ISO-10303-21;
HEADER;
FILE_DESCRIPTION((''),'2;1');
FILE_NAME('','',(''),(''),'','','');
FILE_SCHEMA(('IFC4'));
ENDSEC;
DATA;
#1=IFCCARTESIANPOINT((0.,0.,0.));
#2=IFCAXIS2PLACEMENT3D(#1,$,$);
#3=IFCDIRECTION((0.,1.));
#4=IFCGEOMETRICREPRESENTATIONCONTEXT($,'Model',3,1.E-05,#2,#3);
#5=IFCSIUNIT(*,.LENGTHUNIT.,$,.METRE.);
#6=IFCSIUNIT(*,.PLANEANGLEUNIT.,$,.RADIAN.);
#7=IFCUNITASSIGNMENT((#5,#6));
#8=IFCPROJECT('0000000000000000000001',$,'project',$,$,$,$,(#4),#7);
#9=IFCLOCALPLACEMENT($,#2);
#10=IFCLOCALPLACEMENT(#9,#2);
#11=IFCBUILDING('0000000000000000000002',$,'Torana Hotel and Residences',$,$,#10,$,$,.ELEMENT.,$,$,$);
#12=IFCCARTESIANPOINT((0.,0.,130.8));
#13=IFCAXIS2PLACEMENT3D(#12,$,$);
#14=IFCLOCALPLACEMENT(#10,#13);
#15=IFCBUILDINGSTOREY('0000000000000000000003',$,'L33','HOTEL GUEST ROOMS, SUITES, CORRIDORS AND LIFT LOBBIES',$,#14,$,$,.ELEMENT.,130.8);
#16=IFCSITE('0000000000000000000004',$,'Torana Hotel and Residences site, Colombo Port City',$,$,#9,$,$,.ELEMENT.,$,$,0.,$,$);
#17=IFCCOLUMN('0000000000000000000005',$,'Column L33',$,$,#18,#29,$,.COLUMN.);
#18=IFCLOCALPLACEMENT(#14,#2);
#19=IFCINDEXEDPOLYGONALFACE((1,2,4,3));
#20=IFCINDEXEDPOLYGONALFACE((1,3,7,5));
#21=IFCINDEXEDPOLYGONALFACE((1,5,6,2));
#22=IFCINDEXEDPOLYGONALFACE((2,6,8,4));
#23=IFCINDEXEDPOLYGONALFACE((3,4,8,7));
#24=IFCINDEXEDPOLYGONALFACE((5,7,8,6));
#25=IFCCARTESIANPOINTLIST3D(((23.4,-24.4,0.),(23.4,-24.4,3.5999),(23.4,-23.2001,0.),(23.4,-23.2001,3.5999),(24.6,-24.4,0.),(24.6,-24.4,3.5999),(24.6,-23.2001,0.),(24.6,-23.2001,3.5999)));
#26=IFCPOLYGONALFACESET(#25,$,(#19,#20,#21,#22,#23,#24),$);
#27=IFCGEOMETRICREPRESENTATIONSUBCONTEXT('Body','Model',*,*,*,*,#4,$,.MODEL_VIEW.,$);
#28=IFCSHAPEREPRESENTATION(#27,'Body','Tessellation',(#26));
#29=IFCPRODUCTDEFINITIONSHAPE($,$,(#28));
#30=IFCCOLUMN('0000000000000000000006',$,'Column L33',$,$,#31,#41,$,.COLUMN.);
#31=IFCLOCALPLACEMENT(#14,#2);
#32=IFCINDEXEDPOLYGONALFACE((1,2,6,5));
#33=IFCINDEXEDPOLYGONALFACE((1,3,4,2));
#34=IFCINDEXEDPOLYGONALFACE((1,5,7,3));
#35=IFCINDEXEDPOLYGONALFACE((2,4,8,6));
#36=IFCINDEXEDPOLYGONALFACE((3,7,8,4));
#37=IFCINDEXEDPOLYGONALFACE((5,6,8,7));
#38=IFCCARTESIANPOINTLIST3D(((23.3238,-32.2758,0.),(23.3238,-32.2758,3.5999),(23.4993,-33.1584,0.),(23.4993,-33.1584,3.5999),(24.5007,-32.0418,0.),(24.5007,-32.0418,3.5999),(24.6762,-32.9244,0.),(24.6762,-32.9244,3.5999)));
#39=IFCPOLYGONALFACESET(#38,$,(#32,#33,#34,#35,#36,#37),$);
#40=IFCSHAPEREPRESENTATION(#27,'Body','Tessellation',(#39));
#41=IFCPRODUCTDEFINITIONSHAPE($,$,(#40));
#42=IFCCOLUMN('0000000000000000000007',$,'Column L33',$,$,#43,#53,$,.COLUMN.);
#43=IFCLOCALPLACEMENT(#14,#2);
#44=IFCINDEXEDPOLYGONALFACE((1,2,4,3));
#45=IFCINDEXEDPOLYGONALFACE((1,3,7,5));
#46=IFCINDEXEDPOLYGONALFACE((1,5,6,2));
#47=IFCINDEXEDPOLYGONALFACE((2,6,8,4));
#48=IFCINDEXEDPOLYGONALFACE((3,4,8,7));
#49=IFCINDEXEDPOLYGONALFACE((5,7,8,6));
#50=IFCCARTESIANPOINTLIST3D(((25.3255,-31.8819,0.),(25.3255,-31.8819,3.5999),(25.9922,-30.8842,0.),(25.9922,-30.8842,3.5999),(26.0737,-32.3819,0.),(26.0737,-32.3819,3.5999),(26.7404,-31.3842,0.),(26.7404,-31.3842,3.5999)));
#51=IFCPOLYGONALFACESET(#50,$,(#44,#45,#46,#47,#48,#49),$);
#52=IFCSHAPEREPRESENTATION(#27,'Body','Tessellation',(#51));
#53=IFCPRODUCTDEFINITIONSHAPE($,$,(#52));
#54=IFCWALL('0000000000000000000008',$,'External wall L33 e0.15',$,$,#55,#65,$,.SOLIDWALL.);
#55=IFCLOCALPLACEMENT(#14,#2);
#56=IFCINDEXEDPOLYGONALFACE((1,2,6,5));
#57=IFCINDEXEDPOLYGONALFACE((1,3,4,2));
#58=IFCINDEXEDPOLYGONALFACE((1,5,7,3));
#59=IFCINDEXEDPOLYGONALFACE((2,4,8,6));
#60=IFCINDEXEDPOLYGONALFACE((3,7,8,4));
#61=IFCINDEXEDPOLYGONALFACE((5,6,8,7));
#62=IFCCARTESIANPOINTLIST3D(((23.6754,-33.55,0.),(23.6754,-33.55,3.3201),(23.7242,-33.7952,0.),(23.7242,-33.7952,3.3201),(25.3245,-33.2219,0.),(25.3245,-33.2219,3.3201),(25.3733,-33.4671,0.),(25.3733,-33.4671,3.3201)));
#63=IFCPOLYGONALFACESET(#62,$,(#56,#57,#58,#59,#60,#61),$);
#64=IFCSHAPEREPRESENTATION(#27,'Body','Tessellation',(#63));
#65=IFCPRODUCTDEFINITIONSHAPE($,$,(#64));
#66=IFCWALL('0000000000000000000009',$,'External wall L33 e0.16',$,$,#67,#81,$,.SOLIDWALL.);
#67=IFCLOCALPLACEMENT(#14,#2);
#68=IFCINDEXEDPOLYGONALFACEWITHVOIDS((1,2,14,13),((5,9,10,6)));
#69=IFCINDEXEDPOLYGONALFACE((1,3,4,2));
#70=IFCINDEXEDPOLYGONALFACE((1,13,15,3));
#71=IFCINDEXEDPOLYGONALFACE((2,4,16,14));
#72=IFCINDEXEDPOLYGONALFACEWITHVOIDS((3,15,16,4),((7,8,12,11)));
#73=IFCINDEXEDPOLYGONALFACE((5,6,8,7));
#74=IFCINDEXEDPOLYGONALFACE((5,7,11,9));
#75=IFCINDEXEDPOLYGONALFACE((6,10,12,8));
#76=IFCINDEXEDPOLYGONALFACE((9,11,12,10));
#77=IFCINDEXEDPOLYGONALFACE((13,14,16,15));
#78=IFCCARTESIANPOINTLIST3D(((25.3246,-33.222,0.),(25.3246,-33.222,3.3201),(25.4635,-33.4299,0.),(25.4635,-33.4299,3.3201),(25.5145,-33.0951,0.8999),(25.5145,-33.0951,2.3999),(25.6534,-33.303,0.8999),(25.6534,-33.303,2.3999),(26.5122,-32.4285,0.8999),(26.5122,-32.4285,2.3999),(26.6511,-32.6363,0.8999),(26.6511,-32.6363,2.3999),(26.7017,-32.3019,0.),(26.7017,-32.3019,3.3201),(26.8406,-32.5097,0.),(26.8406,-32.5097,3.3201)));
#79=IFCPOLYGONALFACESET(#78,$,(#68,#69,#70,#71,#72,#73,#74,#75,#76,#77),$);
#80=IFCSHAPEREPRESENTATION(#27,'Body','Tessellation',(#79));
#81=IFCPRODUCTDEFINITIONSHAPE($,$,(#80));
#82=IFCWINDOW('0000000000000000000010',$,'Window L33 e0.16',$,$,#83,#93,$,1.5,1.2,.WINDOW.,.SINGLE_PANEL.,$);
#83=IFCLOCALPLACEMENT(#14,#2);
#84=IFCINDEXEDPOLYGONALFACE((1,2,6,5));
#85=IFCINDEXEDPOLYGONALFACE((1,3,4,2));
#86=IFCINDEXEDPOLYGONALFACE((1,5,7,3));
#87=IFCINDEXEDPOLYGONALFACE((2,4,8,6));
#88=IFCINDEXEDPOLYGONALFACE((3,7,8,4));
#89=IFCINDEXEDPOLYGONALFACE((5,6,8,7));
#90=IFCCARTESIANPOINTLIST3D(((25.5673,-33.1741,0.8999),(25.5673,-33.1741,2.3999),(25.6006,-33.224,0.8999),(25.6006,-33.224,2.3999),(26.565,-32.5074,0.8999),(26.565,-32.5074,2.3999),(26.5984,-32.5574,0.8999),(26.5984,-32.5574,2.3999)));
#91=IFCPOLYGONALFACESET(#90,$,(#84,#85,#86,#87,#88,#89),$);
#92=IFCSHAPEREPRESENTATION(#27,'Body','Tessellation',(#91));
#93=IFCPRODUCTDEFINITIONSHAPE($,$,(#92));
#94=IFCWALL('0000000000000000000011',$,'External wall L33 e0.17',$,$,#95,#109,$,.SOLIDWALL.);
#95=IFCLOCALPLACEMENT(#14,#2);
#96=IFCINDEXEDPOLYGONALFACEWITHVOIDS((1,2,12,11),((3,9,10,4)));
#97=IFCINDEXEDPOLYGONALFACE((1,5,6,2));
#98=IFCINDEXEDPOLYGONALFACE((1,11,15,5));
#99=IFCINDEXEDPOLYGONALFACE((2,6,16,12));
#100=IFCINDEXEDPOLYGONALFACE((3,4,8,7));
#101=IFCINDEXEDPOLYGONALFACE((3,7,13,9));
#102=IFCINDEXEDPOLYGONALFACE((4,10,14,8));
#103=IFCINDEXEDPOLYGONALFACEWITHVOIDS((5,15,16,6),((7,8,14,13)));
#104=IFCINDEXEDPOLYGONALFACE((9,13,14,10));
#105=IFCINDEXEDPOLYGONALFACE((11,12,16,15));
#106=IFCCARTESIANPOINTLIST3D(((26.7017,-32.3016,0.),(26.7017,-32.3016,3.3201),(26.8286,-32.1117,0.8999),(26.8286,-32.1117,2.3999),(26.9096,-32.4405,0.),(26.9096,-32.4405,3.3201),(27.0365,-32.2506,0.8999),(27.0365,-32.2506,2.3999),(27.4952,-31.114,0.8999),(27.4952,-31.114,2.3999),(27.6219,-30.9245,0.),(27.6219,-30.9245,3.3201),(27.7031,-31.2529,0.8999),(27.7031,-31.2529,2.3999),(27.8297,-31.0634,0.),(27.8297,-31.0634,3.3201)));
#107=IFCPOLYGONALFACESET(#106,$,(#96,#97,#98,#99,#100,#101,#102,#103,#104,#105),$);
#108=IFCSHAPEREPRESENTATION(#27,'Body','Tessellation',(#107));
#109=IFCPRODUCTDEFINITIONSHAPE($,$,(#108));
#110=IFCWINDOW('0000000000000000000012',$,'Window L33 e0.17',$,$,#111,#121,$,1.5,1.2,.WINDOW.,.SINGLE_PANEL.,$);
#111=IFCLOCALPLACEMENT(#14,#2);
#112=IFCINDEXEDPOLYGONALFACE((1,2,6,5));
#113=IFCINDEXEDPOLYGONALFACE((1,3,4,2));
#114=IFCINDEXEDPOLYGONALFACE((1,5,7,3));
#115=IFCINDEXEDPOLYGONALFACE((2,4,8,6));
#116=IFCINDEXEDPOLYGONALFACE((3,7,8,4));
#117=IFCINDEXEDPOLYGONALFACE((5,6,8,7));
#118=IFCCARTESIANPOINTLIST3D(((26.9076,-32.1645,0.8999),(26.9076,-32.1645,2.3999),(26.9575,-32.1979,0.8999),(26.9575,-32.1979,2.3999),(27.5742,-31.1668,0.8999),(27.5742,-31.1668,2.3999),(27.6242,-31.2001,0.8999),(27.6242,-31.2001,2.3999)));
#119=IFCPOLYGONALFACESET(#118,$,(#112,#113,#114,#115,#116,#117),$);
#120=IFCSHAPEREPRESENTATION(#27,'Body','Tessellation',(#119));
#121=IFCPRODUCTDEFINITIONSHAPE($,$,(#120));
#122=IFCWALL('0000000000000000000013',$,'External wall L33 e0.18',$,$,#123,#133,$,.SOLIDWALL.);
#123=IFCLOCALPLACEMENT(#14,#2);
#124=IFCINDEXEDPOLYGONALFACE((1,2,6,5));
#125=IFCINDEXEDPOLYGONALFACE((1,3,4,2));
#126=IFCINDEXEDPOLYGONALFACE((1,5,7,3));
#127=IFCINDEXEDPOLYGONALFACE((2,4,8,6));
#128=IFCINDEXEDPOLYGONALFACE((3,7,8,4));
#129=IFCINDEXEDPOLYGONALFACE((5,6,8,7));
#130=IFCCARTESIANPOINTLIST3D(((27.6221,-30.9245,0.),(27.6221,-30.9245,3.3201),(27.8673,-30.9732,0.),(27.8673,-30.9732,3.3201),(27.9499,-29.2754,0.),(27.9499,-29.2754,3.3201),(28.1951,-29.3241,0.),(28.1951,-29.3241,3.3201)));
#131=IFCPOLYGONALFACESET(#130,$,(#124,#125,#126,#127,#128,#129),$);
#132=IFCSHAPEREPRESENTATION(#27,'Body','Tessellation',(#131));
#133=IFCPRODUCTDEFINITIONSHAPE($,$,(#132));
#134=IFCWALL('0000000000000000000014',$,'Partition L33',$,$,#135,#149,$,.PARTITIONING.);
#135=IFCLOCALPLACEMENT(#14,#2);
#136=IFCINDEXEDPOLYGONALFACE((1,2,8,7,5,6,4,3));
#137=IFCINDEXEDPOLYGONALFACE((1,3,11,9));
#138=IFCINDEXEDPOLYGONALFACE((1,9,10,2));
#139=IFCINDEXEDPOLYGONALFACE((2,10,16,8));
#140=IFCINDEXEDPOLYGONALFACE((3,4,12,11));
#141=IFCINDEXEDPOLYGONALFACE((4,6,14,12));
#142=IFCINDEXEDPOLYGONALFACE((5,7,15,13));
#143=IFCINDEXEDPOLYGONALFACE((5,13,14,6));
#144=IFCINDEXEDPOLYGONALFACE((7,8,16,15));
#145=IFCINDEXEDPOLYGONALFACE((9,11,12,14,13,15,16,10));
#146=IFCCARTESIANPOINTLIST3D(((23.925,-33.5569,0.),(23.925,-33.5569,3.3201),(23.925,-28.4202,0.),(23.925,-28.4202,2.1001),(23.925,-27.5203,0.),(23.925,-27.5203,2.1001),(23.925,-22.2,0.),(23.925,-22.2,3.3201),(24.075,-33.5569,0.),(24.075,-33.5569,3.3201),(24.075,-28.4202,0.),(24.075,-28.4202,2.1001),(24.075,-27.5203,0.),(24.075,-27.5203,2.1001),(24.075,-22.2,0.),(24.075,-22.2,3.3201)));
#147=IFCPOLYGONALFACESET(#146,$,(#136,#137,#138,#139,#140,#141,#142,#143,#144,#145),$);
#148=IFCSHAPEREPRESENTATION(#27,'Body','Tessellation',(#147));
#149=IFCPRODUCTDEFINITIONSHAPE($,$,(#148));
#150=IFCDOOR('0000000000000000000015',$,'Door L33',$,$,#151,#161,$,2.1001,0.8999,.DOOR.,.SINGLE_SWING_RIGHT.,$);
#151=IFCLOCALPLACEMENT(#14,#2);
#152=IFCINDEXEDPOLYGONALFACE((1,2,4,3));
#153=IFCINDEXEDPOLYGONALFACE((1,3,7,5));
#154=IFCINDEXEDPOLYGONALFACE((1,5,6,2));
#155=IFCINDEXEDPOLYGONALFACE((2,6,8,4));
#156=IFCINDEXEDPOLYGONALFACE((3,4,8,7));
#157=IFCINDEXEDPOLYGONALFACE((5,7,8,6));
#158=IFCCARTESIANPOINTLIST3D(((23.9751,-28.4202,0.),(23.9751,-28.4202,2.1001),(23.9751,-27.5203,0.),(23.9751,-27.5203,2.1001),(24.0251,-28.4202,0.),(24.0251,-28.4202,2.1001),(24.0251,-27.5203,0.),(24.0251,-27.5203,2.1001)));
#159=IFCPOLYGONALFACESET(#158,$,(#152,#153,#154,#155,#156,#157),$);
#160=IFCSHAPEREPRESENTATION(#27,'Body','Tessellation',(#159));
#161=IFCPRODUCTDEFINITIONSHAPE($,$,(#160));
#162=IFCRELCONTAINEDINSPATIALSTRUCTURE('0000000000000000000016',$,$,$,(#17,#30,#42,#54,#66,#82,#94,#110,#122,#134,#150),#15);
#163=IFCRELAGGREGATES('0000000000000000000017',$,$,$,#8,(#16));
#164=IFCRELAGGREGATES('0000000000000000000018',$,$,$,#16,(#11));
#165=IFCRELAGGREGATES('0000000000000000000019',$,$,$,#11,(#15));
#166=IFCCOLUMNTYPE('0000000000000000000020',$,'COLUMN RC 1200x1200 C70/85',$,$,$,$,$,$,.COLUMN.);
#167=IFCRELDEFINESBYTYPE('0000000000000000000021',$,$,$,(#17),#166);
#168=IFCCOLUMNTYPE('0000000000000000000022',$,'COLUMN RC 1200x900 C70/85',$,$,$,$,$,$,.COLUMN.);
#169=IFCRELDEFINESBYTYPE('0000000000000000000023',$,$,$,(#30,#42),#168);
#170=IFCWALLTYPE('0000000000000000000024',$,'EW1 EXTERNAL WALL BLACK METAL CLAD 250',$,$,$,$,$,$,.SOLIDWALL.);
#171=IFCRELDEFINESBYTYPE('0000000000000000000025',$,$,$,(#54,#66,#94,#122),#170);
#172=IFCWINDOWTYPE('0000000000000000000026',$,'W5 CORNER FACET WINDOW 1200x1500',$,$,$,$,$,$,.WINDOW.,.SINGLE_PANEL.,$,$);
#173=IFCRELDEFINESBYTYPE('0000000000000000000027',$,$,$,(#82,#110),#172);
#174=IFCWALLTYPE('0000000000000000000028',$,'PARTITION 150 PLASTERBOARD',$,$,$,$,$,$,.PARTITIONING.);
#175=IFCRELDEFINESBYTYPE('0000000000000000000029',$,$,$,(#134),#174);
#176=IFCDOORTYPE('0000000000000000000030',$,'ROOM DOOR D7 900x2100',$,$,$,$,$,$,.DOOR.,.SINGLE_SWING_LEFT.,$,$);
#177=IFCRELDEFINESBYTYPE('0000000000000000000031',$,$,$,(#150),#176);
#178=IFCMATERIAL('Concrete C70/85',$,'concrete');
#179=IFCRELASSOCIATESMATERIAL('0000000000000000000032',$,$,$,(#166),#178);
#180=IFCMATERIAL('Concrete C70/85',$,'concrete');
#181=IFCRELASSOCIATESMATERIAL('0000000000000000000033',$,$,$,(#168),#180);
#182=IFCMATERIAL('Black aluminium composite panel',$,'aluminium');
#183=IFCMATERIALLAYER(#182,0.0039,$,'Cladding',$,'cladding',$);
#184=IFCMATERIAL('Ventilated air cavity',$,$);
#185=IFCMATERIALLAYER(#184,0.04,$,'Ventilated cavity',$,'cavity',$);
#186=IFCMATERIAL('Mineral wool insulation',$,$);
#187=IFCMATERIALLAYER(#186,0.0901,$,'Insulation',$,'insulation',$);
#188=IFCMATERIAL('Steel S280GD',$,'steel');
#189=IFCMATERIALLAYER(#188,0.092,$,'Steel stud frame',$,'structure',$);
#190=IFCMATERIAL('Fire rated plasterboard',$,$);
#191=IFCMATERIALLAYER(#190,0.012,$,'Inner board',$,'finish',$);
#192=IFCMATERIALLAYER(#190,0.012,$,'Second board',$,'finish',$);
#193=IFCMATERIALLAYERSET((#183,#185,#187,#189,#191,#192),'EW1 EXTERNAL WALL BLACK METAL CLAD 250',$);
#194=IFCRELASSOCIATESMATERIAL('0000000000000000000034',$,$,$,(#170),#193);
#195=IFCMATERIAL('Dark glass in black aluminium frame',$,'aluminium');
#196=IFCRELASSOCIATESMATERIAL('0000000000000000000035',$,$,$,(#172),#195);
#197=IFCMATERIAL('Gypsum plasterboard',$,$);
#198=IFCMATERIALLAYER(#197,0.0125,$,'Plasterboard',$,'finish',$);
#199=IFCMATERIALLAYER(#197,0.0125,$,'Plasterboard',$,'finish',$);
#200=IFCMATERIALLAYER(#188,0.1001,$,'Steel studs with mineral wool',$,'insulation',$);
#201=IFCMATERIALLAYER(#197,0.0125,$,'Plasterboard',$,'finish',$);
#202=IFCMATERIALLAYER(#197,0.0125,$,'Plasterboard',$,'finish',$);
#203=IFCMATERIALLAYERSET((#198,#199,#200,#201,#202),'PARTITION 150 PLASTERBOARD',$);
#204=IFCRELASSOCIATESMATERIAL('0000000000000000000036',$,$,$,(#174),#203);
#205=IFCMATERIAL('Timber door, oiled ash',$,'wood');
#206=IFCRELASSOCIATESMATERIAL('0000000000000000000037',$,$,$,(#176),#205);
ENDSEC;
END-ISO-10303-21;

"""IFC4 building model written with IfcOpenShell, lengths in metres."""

from ifc_helpers import new_model, si_unit, direction, frame, frame_2d, origin, origin_2d, place, context, subcontext, project, spatial, rectangle, extrude, material, layer, layer_set, material_profile, profile_set, type_object, element, fill, save


model = new_model("IFC4")

# Units and contexts
model_context = context("Model", 3, precision=1e-05, world=origin(), true_north=direction((0.0, 1.0)))
body_context = subcontext(model_context, "Body", "Model", "MODEL_VIEW")
ifc_project = project(units=[si_unit("LENGTHUNIT", "METRE"), si_unit("PLANEANGLEUNIT", "RADIAN")], contexts=[model_context])

# Site, building, storey
site_placement = place(None, origin())
site = spatial("IfcSite", under=ifc_project, at=site_placement, Name="Torana Hotel and Residences site, Colombo Port City", CompositionType="ELEMENT", RefElevation=0.0)
building_placement = place(site_placement, origin())
building = spatial("IfcBuilding", under=site, at=building_placement, Name="Torana Hotel and Residences", CompositionType="ELEMENT")
storey_placement = place(building_placement, frame((0.0, 0.0, 130.8)))
storey = spatial("IfcBuildingStorey", under=building, at=storey_placement, Name="L33", Description="HOTEL GUEST ROOMS, SUITES, CORRIDORS AND LIFT LOBBIES", CompositionType="ELEMENT", Elevation=130.8)

# Columns
ifc_material_1 = material(Name="Concrete C70/85", Category="concrete")
ifc_material_profile_1 = material_profile(ifc_material_1, rectangle(XDim=1.2, YDim=1.2, at=origin_2d()), Name="RC 1200x1200")
ifc_profile_set_1 = profile_set([ifc_material_profile_1], Name="Concrete C70/85")
column_type_1 = type_object("IfcColumnType", Name="COLUMN RC 1200x1200 C70/85", PredefinedType="COLUMN", material=ifc_profile_set_1)
column_placement = place(storey_placement, frame((24.0, -23.8, 0.0), z_axis=(0.0, 0.0, 1.0), x_axis=(1.0, 0.0, 0.0)))
element("IfcColumn", 1, at=column_placement, inside=storey, type_object=column_type_1, Name="Column L33", PredefinedType="COLUMN", context=body_context, shape_type="SweptSolid", body=[
    extrude(rectangle(XDim=1.2, YDim=1.2, at=origin_2d()), origin(), (0.0, 0.0, 1.0), 3.5999),
])
ifc_material_2 = material(Name="Concrete C70/85", Category="concrete")
ifc_material_profile_2 = material_profile(ifc_material_2, rectangle(XDim=1.2, YDim=0.8999, at=origin_2d()), Name="RC 1200x900")
ifc_profile_set_2 = profile_set([ifc_material_profile_2], Name="Concrete C70/85")
column_type_2 = type_object("IfcColumnType", Name="COLUMN RC 1200x900 C70/85", PredefinedType="COLUMN", material=ifc_profile_set_2)
for number, where, z_axis, x_axis, name in (
    (2, (24.0, -32.6001, 0.0), (0.0, 0.0, 1.0), (0.980792, 0.195056, 0.0), "Column L33"),
    (3, (26.033, -31.6331, 0.0), (0.0, 0.0, 1.0), (0.555585, 0.83146, 0.0), "Column L33"),
):
    element("IfcColumn", number, at=place(storey_placement, frame(where, z_axis=z_axis, x_axis=x_axis)), inside=storey, type_object=column_type_2, Name=name, PredefinedType="COLUMN", context=body_context, shape_type="SweptSolid", body=[
        extrude(rectangle(XDim=1.2, YDim=0.8999, at=origin_2d()), origin(), (0.0, 0.0, 1.0), 3.5999),
    ])

# Wall
ifc_material_3 = material(Name="Black aluminium composite panel", Category="aluminium")
ifc_layer_1 = layer(ifc_material_3, 0.0039, Name="Cladding", Category="cladding")
ifc_material_4 = material(Name="Ventilated air cavity")
ifc_layer_2 = layer(ifc_material_4, 0.04, Name="Ventilated cavity", Category="cavity")
ifc_material_5 = material(Name="Mineral wool insulation")
ifc_layer_3 = layer(ifc_material_5, 0.0901, Name="Insulation", Category="insulation")
ifc_material_6 = material(Name="Steel S280GD", Category="steel")
ifc_layer_4 = layer(ifc_material_6, 0.092, Name="Steel stud frame", Category="structure")
ifc_material_7 = material(Name="Fire rated plasterboard")
ifc_layer_5 = layer(ifc_material_7, 0.012, Name="Inner board", Category="finish")
ifc_layer_6 = layer(ifc_material_7, 0.012, Name="Second board", Category="finish")
ifc_layer_set_1 = layer_set([ifc_layer_1, ifc_layer_2, ifc_layer_3, ifc_layer_4, ifc_layer_5, ifc_layer_6], Name="EW1 EXTERNAL WALL BLACK METAL CLAD 250")
wall_type_1 = type_object("IfcWallType", Name="EW1 EXTERNAL WALL BLACK METAL CLAD 250", PredefinedType="SOLIDWALL", material=ifc_layer_set_1)
wall_1_placement = place(storey_placement, frame((23.6997, -33.6726, 0.0), z_axis=(0.0, 0.0, 1.0), x_axis=(0.980776, 0.195139, 0.0)))
element("IfcWall", 4, at=wall_1_placement, inside=storey, type_object=wall_type_1, Name="External wall L33 e0.15", PredefinedType="SOLIDWALL", context=body_context, shape_type="SweptSolid", body=[
    extrude(rectangle(XDim=1.6814, YDim=0.25, at=frame_2d((0.8408, 0.0))), origin(), (0.0, 0.0, 1.0), 3.3201),
])

# Walls, openings, windows
wall_2_placement = place(storey_placement, frame((25.394, -33.3259, 0.0), z_axis=(0.0, 0.0, 1.0), x_axis=(0.831483, 0.55555, 0.0)))
wall_2 = element("IfcWall", 5, at=wall_2_placement, inside=storey, type_object=wall_type_1, Name="External wall L33 e0.16", PredefinedType="SOLIDWALL", context=body_context, shape_type="SweptSolid", body=[
    extrude(rectangle(XDim=1.6562, YDim=0.25, at=frame_2d((0.8281, 0.0))), origin(), (0.0, 0.0, 1.0), 3.3201),
])
opening_1_placement = place(wall_2_placement, frame((0.2283, 0.0, 0.8999)))
opening_1 = element("IfcOpeningElement", 6, at=opening_1_placement, cuts=wall_2, PredefinedType="OPENING", context=body_context, shape_type="SweptSolid", body=[
    extrude(rectangle(XDim=1.2, YDim=1.5, at=frame_2d((0.6001, 0.75))), frame((0.0, 0.135, 0.0), z_axis=(0.0, -1.0, 0.0), x_axis=(1.0, 0.0, 0.0)), (0.0, 0.0, 1.0), 0.27),
])
ifc_material_8 = material(Name="Dark glass in black aluminium frame", Category="aluminium")
window_type_1 = type_object("IfcWindowType", Name="W5 CORNER FACET WINDOW 1200x1500", PartitioningType="SINGLE_PANEL", PredefinedType="WINDOW", material=ifc_material_8)
window_1_placement = place(opening_1_placement, origin())
window_1 = element("IfcWindow", 7, at=window_1_placement, inside=storey, type_object=window_type_1, Name="Window L33 e0.16", OverallHeight=1.5, OverallWidth=1.2, PartitioningType="SINGLE_PANEL", PredefinedType="WINDOW", context=body_context, shape_type="SweptSolid", body=[
    extrude(rectangle(XDim=1.2, YDim=1.5, at=frame_2d((0.6001, 0.75))), frame((0.0, 0.03, 0.0), z_axis=(0.0, -1.0, 0.0), x_axis=(1.0, 0.0, 0.0)), (0.0, 0.0, 1.0), 0.0601),
])
fill(opening_1, window_1)
wall_3_placement = place(storey_placement, frame((26.8057, -32.3711, 0.0), z_axis=(0.0, 0.0, 1.0), x_axis=(0.55555, 0.831483, 0.0)))
wall_3 = element("IfcWall", 8, at=wall_3_placement, inside=storey, type_object=wall_type_1, Name="External wall L33 e0.17", PredefinedType="SOLIDWALL", context=body_context, shape_type="SweptSolid", body=[
    extrude(rectangle(XDim=1.6562, YDim=0.25, at=frame_2d((0.8281, 0.0))), origin(), (0.0, 0.0, 1.0), 3.3201),
])
opening_2_placement = place(wall_3_placement, frame((0.2283, 0.0, 0.8999)))
opening_2 = element("IfcOpeningElement", 9, at=opening_2_placement, cuts=wall_3, PredefinedType="OPENING", context=body_context, shape_type="SweptSolid", body=[
    extrude(rectangle(XDim=1.2, YDim=1.5, at=frame_2d((0.6001, 0.75))), frame((0.0, 0.135, 0.0), z_axis=(0.0, -1.0, 0.0), x_axis=(1.0, 0.0, 0.0)), (0.0, 0.0, 1.0), 0.27),
])
window_2_placement = place(opening_2_placement, origin())
window_2 = element("IfcWindow", 10, at=window_2_placement, inside=storey, type_object=window_type_1, Name="Window L33 e0.17", OverallHeight=1.5, OverallWidth=1.2, PartitioningType="SINGLE_PANEL", PredefinedType="WINDOW", context=body_context, shape_type="SweptSolid", body=[
    extrude(rectangle(XDim=1.2, YDim=1.5, at=frame_2d((0.6001, 0.75))), frame((0.0, 0.03, 0.0), z_axis=(0.0, -1.0, 0.0), x_axis=(1.0, 0.0, 0.0)), (0.0, 0.0, 1.0), 0.0601),
])
fill(opening_2, window_2)

# Wall
wall_4_placement = place(storey_placement, frame((27.7446, -30.949, 0.0), z_axis=(0.0, 0.0, 1.0), x_axis=(0.194999, 0.980803, 0.0)))
element("IfcWall", 11, at=wall_4_placement, inside=storey, type_object=wall_type_1, Name="External wall L33 e0.18", PredefinedType="SOLIDWALL", context=body_context, shape_type="SweptSolid", body=[
    extrude(rectangle(XDim=1.6814, YDim=0.25, at=frame_2d((0.8408, 0.0))), origin(), (0.0, 0.0, 1.0), 3.3201),
])

# Wall, opening, door
ifc_material_9 = material(Name="Gypsum plasterboard")
ifc_layer_7 = layer(ifc_material_9, 0.0125, Name="Plasterboard", Category="finish")
ifc_layer_8 = layer(ifc_material_9, 0.0125, Name="Plasterboard", Category="finish")
ifc_layer_9 = layer(ifc_material_6, 0.1001, Name="Steel studs with mineral wool", Category="insulation")
ifc_layer_10 = layer(ifc_material_9, 0.0125, Name="Plasterboard", Category="finish")
ifc_layer_11 = layer(ifc_material_9, 0.0125, Name="Plasterboard", Category="finish")
ifc_layer_set_2 = layer_set([ifc_layer_7, ifc_layer_8, ifc_layer_9, ifc_layer_10, ifc_layer_11], Name="PARTITION 150 PLASTERBOARD")
wall_type_2 = type_object("IfcWallType", Name="PARTITION 150 PLASTERBOARD", PredefinedType="PARTITIONING", material=ifc_layer_set_2)
wall_5_placement = place(storey_placement, frame((24.0, -33.5569, 0.0), z_axis=(0.0, 0.0, 1.0), x_axis=(0.0, 1.0, 0.0)))
wall_5 = element("IfcWall", 12, at=wall_5_placement, inside=storey, type_object=wall_type_2, Name="Partition L33", PredefinedType="PARTITIONING", context=body_context, shape_type="SweptSolid", body=[
    extrude(rectangle(XDim=11.3569, YDim=0.1499, at=frame_2d((5.6785, 0.0))), origin(), (0.0, 0.0, 1.0), 3.3201),
])
opening_3_placement = place(wall_5_placement, frame((5.1367, 0.0, 0.0)))
opening_3 = element("IfcOpeningElement", 13, at=opening_3_placement, cuts=wall_5, PredefinedType="OPENING", context=body_context, shape_type="SweptSolid", body=[
    extrude(rectangle(XDim=0.8999, YDim=2.1001, at=frame_2d((0.45, 1.05))), frame((0.0, 0.085, 0.0), z_axis=(0.0, -1.0, 0.0), x_axis=(1.0, 0.0, 0.0)), (0.0, 0.0, 1.0), 0.1699),
])
ifc_material_10 = material(Name="Timber door, oiled ash", Category="wood")
door_type_1 = type_object("IfcDoorType", Name="ROOM DOOR D7 900x2100", OperationType="SINGLE_SWING_LEFT", PredefinedType="DOOR", material=ifc_material_10)
door_1_placement = place(opening_3_placement, origin())
door_1 = element("IfcDoor", 14, at=door_1_placement, inside=storey, type_object=door_type_1, Name="Door L33", OperationType="SINGLE_SWING_RIGHT", OverallHeight=2.1001, OverallWidth=0.8999, PredefinedType="DOOR", context=body_context, shape_type="SweptSolid", body=[
    extrude(rectangle(XDim=0.8999, YDim=2.1001, at=frame_2d((0.45, 1.05))), frame((0.0, 0.0249, 0.0), z_axis=(0.0, -1.0, 0.0), x_axis=(1.0, 0.0, 0.0)), (0.0, 0.0, 1.0), 0.05),
])
fill(opening_3, door_1)

save(model, "model.ifc")
